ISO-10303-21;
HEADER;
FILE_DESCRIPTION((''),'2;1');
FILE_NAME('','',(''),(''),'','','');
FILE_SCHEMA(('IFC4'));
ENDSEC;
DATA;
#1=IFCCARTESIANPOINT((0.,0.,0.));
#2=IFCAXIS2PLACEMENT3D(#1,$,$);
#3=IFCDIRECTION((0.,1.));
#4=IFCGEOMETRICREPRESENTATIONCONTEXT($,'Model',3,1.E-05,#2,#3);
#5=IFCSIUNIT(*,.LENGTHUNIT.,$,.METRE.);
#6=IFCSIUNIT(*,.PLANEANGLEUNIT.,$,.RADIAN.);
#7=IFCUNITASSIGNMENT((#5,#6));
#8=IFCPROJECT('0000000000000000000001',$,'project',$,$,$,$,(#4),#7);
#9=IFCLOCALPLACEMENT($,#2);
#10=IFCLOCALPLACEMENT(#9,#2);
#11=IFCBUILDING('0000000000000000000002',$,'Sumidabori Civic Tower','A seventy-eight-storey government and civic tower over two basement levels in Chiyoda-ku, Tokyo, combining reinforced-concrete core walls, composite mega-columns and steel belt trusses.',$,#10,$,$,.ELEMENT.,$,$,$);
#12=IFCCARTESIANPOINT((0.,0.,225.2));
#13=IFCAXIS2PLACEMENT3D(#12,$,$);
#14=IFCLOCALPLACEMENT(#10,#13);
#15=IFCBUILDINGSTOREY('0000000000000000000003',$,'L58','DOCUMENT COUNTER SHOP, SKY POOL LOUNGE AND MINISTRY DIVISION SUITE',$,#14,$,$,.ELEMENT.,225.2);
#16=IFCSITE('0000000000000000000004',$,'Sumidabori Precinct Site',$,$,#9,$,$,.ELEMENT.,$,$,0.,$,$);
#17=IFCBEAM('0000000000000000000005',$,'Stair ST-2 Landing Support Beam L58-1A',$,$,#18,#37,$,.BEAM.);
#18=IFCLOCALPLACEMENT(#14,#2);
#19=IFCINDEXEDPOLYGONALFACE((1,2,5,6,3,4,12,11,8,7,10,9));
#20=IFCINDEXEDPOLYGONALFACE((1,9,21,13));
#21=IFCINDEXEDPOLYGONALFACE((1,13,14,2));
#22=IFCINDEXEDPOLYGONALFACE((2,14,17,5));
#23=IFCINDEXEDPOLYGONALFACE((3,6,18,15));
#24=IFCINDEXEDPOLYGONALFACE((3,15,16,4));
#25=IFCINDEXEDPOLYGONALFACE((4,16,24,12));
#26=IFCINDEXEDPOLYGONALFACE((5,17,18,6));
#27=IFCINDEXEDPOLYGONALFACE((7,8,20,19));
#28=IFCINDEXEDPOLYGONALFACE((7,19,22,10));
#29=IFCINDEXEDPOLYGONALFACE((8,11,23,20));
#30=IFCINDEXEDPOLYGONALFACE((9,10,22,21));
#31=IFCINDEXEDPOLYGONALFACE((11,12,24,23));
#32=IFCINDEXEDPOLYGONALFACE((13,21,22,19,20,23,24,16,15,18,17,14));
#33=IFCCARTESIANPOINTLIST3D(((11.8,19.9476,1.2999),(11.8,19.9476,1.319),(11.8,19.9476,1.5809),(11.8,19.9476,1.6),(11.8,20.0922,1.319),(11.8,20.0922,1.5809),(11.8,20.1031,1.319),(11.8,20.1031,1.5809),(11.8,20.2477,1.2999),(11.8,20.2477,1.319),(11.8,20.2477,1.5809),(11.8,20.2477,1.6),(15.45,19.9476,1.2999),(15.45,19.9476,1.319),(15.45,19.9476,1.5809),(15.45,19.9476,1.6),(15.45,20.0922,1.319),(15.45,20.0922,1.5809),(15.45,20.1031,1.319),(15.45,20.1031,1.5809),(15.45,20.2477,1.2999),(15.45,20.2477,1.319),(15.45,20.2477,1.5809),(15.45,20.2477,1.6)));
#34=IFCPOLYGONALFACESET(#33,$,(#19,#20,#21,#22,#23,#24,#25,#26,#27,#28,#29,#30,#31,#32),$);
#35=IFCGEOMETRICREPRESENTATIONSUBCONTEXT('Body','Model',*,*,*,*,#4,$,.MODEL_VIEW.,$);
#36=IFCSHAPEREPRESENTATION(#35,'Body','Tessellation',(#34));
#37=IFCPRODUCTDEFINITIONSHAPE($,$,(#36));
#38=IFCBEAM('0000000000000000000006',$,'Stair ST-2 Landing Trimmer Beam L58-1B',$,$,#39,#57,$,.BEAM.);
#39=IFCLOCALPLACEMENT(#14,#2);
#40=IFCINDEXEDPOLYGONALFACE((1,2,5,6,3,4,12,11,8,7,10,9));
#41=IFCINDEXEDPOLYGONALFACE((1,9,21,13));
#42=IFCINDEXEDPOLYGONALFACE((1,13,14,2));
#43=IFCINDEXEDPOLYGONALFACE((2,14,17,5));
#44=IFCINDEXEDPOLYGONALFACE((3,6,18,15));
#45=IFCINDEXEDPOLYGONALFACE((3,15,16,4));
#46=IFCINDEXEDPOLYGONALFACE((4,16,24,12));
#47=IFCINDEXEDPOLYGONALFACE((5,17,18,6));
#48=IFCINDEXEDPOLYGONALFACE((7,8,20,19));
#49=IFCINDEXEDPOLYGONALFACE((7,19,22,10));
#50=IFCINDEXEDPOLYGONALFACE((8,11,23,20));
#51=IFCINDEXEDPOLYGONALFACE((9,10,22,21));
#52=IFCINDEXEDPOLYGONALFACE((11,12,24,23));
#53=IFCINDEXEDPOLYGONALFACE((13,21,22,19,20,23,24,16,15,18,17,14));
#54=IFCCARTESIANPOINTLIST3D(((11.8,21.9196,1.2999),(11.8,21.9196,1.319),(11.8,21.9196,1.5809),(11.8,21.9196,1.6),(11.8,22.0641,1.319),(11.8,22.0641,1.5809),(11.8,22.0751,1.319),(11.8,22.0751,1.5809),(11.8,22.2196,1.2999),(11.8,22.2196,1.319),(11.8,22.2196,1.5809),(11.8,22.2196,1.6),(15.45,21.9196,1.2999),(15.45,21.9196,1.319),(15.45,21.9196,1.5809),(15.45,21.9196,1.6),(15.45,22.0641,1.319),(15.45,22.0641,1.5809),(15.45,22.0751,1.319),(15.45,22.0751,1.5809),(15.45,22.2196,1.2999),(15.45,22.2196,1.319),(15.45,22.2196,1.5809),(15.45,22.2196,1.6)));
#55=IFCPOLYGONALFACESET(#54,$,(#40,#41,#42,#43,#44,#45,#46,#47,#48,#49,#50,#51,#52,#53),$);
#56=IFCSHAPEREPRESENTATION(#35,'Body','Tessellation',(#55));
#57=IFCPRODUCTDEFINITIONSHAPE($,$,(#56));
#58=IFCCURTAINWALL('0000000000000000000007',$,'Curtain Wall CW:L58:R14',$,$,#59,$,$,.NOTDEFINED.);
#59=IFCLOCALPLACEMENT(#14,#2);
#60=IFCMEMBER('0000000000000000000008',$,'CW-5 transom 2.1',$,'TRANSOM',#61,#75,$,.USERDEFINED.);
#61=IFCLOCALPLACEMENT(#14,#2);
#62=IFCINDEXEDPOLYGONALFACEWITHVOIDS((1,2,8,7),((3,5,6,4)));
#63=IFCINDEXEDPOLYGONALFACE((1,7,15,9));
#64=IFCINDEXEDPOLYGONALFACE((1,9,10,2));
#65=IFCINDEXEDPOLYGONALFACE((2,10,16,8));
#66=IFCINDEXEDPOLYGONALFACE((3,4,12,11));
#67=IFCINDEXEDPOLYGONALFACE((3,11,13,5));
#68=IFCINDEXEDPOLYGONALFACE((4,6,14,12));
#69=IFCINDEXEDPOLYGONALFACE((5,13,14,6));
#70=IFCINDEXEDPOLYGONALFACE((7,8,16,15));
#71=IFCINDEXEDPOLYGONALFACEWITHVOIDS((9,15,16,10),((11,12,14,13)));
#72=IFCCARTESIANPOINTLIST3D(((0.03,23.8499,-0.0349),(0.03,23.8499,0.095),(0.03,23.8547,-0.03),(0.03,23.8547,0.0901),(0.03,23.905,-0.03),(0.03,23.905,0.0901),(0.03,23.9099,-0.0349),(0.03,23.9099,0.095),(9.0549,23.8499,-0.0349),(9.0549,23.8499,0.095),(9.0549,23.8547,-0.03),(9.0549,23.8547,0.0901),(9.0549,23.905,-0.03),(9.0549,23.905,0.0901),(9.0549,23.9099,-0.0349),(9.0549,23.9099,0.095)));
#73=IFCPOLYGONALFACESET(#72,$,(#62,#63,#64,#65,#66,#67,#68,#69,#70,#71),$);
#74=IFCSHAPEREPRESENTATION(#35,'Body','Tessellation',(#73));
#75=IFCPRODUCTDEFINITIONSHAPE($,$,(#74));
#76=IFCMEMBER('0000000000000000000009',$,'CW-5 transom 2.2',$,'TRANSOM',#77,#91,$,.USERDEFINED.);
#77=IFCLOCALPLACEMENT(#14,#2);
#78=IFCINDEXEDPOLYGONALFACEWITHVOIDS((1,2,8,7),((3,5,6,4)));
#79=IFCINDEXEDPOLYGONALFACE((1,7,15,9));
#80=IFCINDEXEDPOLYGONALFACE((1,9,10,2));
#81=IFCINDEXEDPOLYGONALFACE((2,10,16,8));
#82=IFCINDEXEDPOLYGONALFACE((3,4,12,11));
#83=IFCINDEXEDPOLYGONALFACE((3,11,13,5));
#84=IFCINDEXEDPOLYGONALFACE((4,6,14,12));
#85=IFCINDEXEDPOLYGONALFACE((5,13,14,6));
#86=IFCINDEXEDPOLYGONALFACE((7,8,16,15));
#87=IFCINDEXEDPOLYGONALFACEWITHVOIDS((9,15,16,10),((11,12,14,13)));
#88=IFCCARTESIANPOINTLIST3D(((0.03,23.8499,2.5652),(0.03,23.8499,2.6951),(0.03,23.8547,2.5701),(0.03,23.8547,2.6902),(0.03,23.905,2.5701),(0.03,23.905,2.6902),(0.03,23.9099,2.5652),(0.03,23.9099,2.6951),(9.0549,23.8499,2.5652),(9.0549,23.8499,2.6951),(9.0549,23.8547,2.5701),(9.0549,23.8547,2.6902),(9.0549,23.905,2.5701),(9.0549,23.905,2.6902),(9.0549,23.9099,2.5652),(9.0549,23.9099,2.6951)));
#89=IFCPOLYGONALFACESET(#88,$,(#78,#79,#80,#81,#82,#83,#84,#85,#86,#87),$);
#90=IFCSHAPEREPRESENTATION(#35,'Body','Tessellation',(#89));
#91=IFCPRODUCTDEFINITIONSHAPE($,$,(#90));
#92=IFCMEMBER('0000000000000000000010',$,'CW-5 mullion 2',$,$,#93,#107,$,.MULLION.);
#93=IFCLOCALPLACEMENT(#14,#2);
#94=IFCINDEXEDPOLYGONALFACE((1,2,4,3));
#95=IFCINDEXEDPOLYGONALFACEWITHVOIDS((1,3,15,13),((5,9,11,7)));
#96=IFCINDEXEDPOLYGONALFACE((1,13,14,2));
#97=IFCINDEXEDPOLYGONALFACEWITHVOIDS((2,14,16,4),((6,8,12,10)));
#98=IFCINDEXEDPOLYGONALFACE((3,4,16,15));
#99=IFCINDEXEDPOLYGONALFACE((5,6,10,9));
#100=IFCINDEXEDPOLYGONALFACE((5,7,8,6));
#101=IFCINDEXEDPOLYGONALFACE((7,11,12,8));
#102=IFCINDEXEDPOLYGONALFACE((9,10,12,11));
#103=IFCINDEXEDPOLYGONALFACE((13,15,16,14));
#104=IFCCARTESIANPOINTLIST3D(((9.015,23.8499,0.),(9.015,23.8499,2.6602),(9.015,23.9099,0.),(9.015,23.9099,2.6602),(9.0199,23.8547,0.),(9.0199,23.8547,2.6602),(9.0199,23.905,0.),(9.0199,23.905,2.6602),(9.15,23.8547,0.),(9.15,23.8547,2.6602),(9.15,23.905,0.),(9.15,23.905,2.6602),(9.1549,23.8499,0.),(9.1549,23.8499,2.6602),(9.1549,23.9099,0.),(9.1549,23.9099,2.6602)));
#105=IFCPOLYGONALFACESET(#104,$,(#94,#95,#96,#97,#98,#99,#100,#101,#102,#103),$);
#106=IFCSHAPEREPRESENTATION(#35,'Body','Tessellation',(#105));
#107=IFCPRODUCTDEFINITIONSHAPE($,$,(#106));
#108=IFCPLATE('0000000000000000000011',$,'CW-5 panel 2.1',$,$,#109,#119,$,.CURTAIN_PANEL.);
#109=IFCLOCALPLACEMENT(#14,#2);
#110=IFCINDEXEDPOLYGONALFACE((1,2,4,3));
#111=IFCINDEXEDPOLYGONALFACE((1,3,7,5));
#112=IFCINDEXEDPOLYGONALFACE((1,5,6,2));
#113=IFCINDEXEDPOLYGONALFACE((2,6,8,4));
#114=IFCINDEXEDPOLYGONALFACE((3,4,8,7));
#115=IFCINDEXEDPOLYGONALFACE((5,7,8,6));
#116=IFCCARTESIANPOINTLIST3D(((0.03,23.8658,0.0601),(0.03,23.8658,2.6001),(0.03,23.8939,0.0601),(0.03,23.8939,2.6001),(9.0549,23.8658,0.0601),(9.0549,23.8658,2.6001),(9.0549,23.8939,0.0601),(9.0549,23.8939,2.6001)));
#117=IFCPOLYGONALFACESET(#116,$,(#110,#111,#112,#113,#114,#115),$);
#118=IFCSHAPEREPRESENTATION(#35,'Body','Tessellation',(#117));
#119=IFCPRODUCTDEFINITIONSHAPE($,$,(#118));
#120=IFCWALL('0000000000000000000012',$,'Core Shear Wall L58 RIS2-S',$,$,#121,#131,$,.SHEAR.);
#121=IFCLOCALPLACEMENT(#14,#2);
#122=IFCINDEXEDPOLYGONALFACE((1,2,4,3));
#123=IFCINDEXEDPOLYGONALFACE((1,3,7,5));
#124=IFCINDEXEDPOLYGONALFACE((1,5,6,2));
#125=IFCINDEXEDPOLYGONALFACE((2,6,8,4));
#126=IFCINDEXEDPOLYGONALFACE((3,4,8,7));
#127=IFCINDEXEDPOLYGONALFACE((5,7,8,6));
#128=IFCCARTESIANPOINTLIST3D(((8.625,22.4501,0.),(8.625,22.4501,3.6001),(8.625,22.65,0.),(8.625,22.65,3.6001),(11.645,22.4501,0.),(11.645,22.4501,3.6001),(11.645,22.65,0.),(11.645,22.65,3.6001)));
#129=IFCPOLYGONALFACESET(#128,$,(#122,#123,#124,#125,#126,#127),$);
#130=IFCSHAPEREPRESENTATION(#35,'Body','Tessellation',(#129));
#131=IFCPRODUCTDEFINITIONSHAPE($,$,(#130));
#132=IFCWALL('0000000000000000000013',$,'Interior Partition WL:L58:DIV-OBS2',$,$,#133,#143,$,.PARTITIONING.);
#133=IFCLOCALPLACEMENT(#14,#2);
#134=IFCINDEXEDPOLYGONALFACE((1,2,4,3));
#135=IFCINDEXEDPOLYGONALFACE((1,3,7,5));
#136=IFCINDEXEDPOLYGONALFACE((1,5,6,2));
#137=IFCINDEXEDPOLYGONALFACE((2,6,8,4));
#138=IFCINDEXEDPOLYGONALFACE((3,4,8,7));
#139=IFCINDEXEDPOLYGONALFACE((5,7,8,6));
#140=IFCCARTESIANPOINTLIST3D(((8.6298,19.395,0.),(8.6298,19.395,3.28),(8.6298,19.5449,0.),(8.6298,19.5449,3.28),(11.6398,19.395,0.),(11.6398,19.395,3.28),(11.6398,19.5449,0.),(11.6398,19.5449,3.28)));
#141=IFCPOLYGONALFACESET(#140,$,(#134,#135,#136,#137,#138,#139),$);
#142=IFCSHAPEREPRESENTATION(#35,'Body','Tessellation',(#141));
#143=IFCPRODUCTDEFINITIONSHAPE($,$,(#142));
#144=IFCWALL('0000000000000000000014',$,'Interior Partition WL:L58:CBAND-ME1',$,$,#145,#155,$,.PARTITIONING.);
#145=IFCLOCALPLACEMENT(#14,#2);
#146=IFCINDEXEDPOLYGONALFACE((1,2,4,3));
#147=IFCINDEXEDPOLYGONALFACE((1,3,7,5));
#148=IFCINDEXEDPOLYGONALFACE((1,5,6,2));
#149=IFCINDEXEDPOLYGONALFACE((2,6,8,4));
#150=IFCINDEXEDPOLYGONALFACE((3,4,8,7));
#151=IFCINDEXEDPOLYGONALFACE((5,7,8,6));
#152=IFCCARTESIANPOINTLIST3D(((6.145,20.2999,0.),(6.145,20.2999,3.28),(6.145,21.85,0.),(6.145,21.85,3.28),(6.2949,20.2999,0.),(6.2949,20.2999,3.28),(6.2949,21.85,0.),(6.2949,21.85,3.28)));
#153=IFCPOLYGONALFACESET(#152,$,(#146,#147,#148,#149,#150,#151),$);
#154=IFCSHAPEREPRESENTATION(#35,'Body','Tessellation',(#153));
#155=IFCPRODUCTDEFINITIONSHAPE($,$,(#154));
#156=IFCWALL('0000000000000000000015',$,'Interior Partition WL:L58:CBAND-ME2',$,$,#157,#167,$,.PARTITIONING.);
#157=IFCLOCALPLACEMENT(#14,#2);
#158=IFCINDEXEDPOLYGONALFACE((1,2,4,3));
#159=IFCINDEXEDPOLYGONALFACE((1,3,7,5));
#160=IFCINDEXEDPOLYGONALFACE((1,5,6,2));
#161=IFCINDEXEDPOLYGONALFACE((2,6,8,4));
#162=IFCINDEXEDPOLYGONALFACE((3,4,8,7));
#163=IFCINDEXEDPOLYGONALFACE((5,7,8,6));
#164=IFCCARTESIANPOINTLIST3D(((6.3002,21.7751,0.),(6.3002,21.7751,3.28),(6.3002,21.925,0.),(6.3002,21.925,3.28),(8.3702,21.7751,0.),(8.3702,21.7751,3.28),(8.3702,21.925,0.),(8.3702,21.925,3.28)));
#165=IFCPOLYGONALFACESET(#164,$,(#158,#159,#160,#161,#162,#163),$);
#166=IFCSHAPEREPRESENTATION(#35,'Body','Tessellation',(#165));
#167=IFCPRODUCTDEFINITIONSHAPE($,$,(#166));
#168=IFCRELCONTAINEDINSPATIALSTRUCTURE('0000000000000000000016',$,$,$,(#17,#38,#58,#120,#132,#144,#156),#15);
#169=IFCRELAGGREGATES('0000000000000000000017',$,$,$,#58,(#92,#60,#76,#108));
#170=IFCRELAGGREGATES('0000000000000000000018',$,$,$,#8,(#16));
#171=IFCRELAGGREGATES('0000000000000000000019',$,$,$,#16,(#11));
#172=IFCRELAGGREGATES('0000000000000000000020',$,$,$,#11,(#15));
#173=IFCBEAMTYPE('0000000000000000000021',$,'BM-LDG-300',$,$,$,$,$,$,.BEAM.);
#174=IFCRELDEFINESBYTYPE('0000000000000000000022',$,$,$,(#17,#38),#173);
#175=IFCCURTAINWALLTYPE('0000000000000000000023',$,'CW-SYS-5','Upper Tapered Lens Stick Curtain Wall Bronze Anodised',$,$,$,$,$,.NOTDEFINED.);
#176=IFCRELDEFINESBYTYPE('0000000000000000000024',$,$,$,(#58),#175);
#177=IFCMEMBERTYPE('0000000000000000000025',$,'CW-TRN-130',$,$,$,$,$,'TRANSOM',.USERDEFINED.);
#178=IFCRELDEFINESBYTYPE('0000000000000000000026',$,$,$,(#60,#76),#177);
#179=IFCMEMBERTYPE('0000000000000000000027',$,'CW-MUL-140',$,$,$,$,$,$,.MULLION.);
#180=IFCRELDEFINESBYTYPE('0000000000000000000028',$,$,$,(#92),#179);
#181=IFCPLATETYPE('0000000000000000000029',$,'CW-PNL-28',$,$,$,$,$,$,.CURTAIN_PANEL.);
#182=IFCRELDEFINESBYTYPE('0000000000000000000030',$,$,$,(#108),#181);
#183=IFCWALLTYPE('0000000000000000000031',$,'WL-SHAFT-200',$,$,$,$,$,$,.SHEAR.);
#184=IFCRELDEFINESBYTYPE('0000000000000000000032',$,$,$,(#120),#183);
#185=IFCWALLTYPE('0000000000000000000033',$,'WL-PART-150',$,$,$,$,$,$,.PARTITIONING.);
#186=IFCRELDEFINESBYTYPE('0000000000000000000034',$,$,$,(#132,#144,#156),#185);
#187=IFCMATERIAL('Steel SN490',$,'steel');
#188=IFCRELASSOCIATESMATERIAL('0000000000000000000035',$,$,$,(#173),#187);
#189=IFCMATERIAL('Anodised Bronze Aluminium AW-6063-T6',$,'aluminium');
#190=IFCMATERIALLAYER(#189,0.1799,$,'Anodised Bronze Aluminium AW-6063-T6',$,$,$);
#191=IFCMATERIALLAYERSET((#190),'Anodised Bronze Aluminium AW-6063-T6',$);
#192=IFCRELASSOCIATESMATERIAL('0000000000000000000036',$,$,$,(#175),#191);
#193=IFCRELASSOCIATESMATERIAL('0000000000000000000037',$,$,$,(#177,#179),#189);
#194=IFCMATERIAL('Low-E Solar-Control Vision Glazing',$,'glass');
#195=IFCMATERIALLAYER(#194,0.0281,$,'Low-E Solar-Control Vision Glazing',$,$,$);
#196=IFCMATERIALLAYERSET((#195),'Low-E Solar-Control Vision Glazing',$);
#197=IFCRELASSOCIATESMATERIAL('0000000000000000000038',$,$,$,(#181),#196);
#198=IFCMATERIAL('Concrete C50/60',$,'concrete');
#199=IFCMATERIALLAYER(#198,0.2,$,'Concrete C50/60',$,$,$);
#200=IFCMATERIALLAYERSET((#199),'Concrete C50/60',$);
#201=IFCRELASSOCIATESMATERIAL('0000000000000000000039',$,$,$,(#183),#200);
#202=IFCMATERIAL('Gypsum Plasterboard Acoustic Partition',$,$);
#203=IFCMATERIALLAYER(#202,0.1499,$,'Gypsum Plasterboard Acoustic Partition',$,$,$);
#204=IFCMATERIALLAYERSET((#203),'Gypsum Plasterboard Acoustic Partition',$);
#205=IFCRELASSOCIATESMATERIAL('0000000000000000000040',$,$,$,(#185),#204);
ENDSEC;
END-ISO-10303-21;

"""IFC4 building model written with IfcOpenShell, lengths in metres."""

from ifc_helpers import new_model, si_unit, direction, frame, frame_2d, origin, origin_2d, place, context, subcontext, project, spatial, rectangle, hollow_rectangle, i_section, extrude, source, transform, mapped, material, layer, layer_set, material_profile, profile_set, type_object, element, aggregate, save


model = new_model("IFC4")

# Units and contexts
model_context = context("Model", 3, precision=1e-05, world=origin(), true_north=direction((0.0, 1.0)))
body_context = subcontext(model_context, "Body", "Model", "MODEL_VIEW")
ifc_project = project(units=[si_unit("LENGTHUNIT", "METRE"), si_unit("PLANEANGLEUNIT", "RADIAN")], contexts=[model_context])

# Site, building, storey
site_placement = place(None, origin())
site = spatial("IfcSite", under=ifc_project, at=site_placement, Name="Sumidabori Precinct Site", CompositionType="ELEMENT", RefElevation=0.0)
building_placement = place(site_placement, origin())
building = spatial("IfcBuilding", under=site, at=building_placement, Name="Sumidabori Civic Tower", Description="A seventy-eight-storey government and civic tower over two basement levels in Chiyoda-ku, Tokyo, combining reinforced-concrete core walls, composite mega-columns and steel belt trusses.", CompositionType="ELEMENT")
storey_placement = place(building_placement, frame((0.0, 0.0, 225.2)))
storey = spatial("IfcBuildingStorey", under=building, at=storey_placement, Name="L58", Description="DOCUMENT COUNTER SHOP, SKY POOL LOUNGE AND MINISTRY DIVISION SUITE", CompositionType="ELEMENT", Elevation=225.2)

# Beams
ifc_material_1 = material(Name="Steel SN490", Category="steel")
ifc_material_profile_1 = material_profile(ifc_material_1, i_section(OverallWidth=0.3, OverallDepth=0.3, WebThickness=0.011, FlangeThickness=0.019, at=origin_2d()), Name="HE 300 B")
ifc_profile_set_1 = profile_set([ifc_material_profile_1], Name="Steel SN490")
beam_type = type_object("IfcBeamType", Name="BM-LDG-300", PredefinedType="BEAM", material=ifc_profile_set_1)
shared_shape_1 = source(origin(), body_context, "Body", "SweptSolid", [
    extrude(i_section(OverallWidth=0.3, OverallDepth=0.3, WebThickness=0.011, FlangeThickness=0.019, at=origin_2d()), origin(), (0.0, 0.0, 1.0), 3.6499),
])
for number, where, z_axis, x_axis, name in (
    (1, (11.8, 20.0977, 1.45), (1.0, 0.0, 0.0), (0.0, 1.0, 0.0), "Stair ST-2 Landing Support Beam L58-1A"),
    (2, (11.8, 22.0696, 1.45), (1.0, 0.0, 0.0), (0.0, 1.0, 0.0), "Stair ST-2 Landing Trimmer Beam L58-1B"),
):
    element("IfcBeam", number, at=place(storey_placement, frame(where, z_axis=z_axis, x_axis=x_axis)), inside=storey, type_object=beam_type, Name=name, PredefinedType="BEAM", context=body_context, shape_type="MappedRepresentation", body=[
        mapped(shared_shape_1, transform((0.0, 0.0, 0.0), x_axis=(1.0, 0.0, 0.0), y_axis=(0.0, 1.0, 0.0), z_axis=(0.0, 0.0, 1.0), scale=1.0)),
    ])

# Curtain wall, members, plate
ifc_material_2 = material(Name="Anodised Bronze Aluminium AW-6063-T6", Category="aluminium")
ifc_layer_1 = layer(ifc_material_2, 0.1799, Name="Anodised Bronze Aluminium AW-6063-T6")
ifc_layer_set_1 = layer_set([ifc_layer_1], Name="Anodised Bronze Aluminium AW-6063-T6")
curtain_wall_type = type_object("IfcCurtainWallType", Name="CW-SYS-5", Description="Upper Tapered Lens Stick Curtain Wall Bronze Anodised", PredefinedType="NOTDEFINED", material=ifc_layer_set_1)
curtain_wall_placement = place(storey_placement, origin())
curtain_wall = element("IfcCurtainWall", 3, at=curtain_wall_placement, inside=storey, type_object=curtain_wall_type, Name="Curtain Wall CW:L58:R14", PredefinedType="NOTDEFINED")
ifc_material_profile_2 = material_profile(ifc_material_2, hollow_rectangle(XDim=0.0601, YDim=0.1299, WallThickness=0.0049, at=origin_2d()), Name="ALU TRANSOM 130x60")
ifc_profile_set_2 = profile_set([ifc_material_profile_2], Name="Anodised Bronze Aluminium AW-6063-T6")
member_type_1 = type_object("IfcMemberType", Name="CW-TRN-130", ElementType="TRANSOM", PredefinedType="USERDEFINED", material=ifc_profile_set_2)
shared_shape_2 = source(origin(), body_context, "Body", "SweptSolid", [
    extrude(hollow_rectangle(XDim=0.0601, YDim=0.1299, WallThickness=0.0049, at=origin_2d()), origin(), (0.0, 0.0, 1.0), 9.0249),
])
member_1_placement = place(storey_placement, frame((9.0549, 23.8799, 0.03), z_axis=(-1.0, 0.0, 0.0), x_axis=(0.0, -1.0, 0.0)))
member_1 = element("IfcMember", 4, at=member_1_placement, type_object=member_type_1, Name="CW-5 transom 2.1", ObjectType="TRANSOM", PredefinedType="USERDEFINED", context=body_context, shape_type="MappedRepresentation", body=[
    mapped(shared_shape_2, transform((0.0, 0.0, 0.0), x_axis=(1.0, 0.0, 0.0), y_axis=(0.0, 1.0, 0.0), z_axis=(0.0, 0.0, 1.0), scale=1.0)),
])
member_2_placement = place(storey_placement, frame((9.0549, 23.8799, 2.6301), z_axis=(-1.0, 0.0, 0.0), x_axis=(0.0, -1.0, 0.0)))
member_2 = element("IfcMember", 5, at=member_2_placement, type_object=member_type_1, Name="CW-5 transom 2.2", ObjectType="TRANSOM", PredefinedType="USERDEFINED", context=body_context, shape_type="MappedRepresentation", body=[
    mapped(shared_shape_2, transform((0.0, 0.0, 0.0), x_axis=(1.0, 0.0, 0.0), y_axis=(0.0, 1.0, 0.0), z_axis=(0.0, 0.0, 1.0), scale=1.0)),
])
ifc_material_profile_3 = material_profile(ifc_material_2, hollow_rectangle(XDim=0.0601, YDim=0.1399, WallThickness=0.0049, at=origin_2d()), Name="ALU MULLION 140x60")
ifc_profile_set_3 = profile_set([ifc_material_profile_3], Name="Anodised Bronze Aluminium AW-6063-T6")
member_type_2 = type_object("IfcMemberType", Name="CW-MUL-140", PredefinedType="MULLION", material=ifc_profile_set_3)
shared_shape_3 = source(origin(), body_context, "Body", "SweptSolid", [
    extrude(hollow_rectangle(XDim=0.0601, YDim=0.1399, WallThickness=0.0049, at=origin_2d()), origin(), (0.0, 0.0, 1.0), 2.6602),
])
member_3_placement = place(storey_placement, frame((9.085, 23.8799, 0.0), z_axis=(0.0, 0.0, 1.0), x_axis=(0.0, -1.0, 0.0)))
member_3 = element("IfcMember", 6, at=member_3_placement, type_object=member_type_2, Name="CW-5 mullion 2", PredefinedType="MULLION", context=body_context, shape_type="MappedRepresentation", body=[
    mapped(shared_shape_3, transform((0.0, 0.0, 0.0), x_axis=(1.0, 0.0, 0.0), y_axis=(0.0, 1.0, 0.0), z_axis=(0.0, 0.0, 1.0), scale=1.0)),
])
ifc_material_3 = material(Name="Low-E Solar-Control Vision Glazing", Category="glass")
ifc_layer_2 = layer(ifc_material_3, 0.0281, Name="Low-E Solar-Control Vision Glazing")
ifc_layer_set_2 = layer_set([ifc_layer_2], Name="Low-E Solar-Control Vision Glazing")
plate_type = type_object("IfcPlateType", Name="CW-PNL-28", PredefinedType="CURTAIN_PANEL", material=ifc_layer_set_2)
shared_shape_4 = source(origin(), body_context, "Body", "SweptSolid", [
    extrude(rectangle(XDim=9.0249, YDim=0.0281, at=origin_2d()), origin(), (0.0, 0.0, 1.0), 2.54),
])
plate_placement = place(storey_placement, frame((4.5425, 23.8799, 0.0601), z_axis=(0.0, 0.0, 1.0), x_axis=(-1.0, 0.0, 0.0)))
plate = element("IfcPlate", 7, at=plate_placement, type_object=plate_type, Name="CW-5 panel 2.1", PredefinedType="CURTAIN_PANEL", context=body_context, shape_type="MappedRepresentation", body=[
    mapped(shared_shape_4, transform((0.0, 0.0, 0.0), x_axis=(1.0, 0.0, 0.0), y_axis=(0.0, 1.0, 0.0), z_axis=(0.0, 0.0, 1.0), scale=1.0)),
])
aggregate(curtain_wall, [member_3, member_1, member_2, plate])

# Walls
ifc_material_4 = material(Name="Concrete C50/60", Category="concrete")
ifc_layer_3 = layer(ifc_material_4, 0.2, Name="Concrete C50/60")
ifc_layer_set_3 = layer_set([ifc_layer_3], Name="Concrete C50/60")
wall_type_1 = type_object("IfcWallType", Name="WL-SHAFT-200", PredefinedType="SHEAR", material=ifc_layer_set_3)
shared_shape_5 = source(origin(), body_context, "Body", "SweptSolid", [
    extrude(rectangle(XDim=3.02, YDim=0.2, at=frame_2d((1.51, 0.0))), origin(), (0.0, 0.0, 1.0), 3.6001),
])
wall_1_placement = place(storey_placement, frame((8.625, 22.55, 0.0), z_axis=(0.0, 0.0, 1.0), x_axis=(1.0, 0.0, 0.0)))
element("IfcWall", 8, at=wall_1_placement, inside=storey, type_object=wall_type_1, Name="Core Shear Wall L58 RIS2-S", PredefinedType="SHEAR", context=body_context, shape_type="MappedRepresentation", body=[
    mapped(shared_shape_5, transform((0.0, 0.0, 0.0), x_axis=(1.0, 0.0, 0.0), y_axis=(0.0, 1.0, 0.0), z_axis=(0.0, 0.0, 1.0), scale=1.0)),
])
ifc_material_5 = material(Name="Gypsum Plasterboard Acoustic Partition")
ifc_layer_4 = layer(ifc_material_5, 0.1499, Name="Gypsum Plasterboard Acoustic Partition")
ifc_layer_set_4 = layer_set([ifc_layer_4], Name="Gypsum Plasterboard Acoustic Partition")
wall_type_2 = type_object("IfcWallType", Name="WL-PART-150", PredefinedType="PARTITIONING", material=ifc_layer_set_4)
shared_shape_6 = source(origin(), body_context, "Body", "SweptSolid", [
    extrude(rectangle(XDim=3.01, YDim=0.1499, at=frame_2d((1.5049, 0.0))), origin(), (0.0, 0.0, 1.0), 3.28),
])
wall_2_placement = place(storey_placement, frame((8.6299, 19.47, 0.0), z_axis=(0.0, 0.0, 1.0), x_axis=(1.0, 0.0, 0.0)))
element("IfcWall", 9, at=wall_2_placement, inside=storey, type_object=wall_type_2, Name="Interior Partition WL:L58:DIV-OBS2", PredefinedType="PARTITIONING", context=body_context, shape_type="MappedRepresentation", body=[
    mapped(shared_shape_6, transform((0.0, 0.0, 0.0), x_axis=(1.0, 0.0, 0.0), y_axis=(0.0, 1.0, 0.0), z_axis=(0.0, 0.0, 1.0), scale=1.0)),
])
shared_shape_7 = source(origin(), body_context, "Body", "SweptSolid", [
    extrude(rectangle(XDim=1.55, YDim=0.1499, at=frame_2d((0.7749, 0.0))), origin(), (0.0, 0.0, 1.0), 3.28),
])
wall_3_placement = place(storey_placement, frame((6.22, 20.3, 0.0), z_axis=(0.0, 0.0, 1.0), x_axis=(0.0, 1.0, 0.0)))
element("IfcWall", 10, at=wall_3_placement, inside=storey, type_object=wall_type_2, Name="Interior Partition WL:L58:CBAND-ME1", PredefinedType="PARTITIONING", context=body_context, shape_type="MappedRepresentation", body=[
    mapped(shared_shape_7, transform((0.0, 0.0, 0.0), x_axis=(1.0, 0.0, 0.0), y_axis=(0.0, 1.0, 0.0), z_axis=(0.0, 0.0, 1.0), scale=1.0)),
])
shared_shape_8 = source(origin(), body_context, "Body", "SweptSolid", [
    extrude(rectangle(XDim=2.0701, YDim=0.1499, at=frame_2d((1.0352, 0.0))), origin(), (0.0, 0.0, 1.0), 3.28),
])
wall_4_placement = place(storey_placement, frame((6.3, 21.8501, 0.0), z_axis=(0.0, 0.0, 1.0), x_axis=(1.0, 0.0, 0.0)))
element("IfcWall", 11, at=wall_4_placement, inside=storey, type_object=wall_type_2, Name="Interior Partition WL:L58:CBAND-ME2", PredefinedType="PARTITIONING", context=body_context, shape_type="MappedRepresentation", body=[
    mapped(shared_shape_8, transform((0.0, 0.0, 0.0), x_axis=(1.0, 0.0, 0.0), y_axis=(0.0, 1.0, 0.0), z_axis=(0.0, 0.0, 1.0), scale=1.0)),
])

save(model, "model.ifc")
